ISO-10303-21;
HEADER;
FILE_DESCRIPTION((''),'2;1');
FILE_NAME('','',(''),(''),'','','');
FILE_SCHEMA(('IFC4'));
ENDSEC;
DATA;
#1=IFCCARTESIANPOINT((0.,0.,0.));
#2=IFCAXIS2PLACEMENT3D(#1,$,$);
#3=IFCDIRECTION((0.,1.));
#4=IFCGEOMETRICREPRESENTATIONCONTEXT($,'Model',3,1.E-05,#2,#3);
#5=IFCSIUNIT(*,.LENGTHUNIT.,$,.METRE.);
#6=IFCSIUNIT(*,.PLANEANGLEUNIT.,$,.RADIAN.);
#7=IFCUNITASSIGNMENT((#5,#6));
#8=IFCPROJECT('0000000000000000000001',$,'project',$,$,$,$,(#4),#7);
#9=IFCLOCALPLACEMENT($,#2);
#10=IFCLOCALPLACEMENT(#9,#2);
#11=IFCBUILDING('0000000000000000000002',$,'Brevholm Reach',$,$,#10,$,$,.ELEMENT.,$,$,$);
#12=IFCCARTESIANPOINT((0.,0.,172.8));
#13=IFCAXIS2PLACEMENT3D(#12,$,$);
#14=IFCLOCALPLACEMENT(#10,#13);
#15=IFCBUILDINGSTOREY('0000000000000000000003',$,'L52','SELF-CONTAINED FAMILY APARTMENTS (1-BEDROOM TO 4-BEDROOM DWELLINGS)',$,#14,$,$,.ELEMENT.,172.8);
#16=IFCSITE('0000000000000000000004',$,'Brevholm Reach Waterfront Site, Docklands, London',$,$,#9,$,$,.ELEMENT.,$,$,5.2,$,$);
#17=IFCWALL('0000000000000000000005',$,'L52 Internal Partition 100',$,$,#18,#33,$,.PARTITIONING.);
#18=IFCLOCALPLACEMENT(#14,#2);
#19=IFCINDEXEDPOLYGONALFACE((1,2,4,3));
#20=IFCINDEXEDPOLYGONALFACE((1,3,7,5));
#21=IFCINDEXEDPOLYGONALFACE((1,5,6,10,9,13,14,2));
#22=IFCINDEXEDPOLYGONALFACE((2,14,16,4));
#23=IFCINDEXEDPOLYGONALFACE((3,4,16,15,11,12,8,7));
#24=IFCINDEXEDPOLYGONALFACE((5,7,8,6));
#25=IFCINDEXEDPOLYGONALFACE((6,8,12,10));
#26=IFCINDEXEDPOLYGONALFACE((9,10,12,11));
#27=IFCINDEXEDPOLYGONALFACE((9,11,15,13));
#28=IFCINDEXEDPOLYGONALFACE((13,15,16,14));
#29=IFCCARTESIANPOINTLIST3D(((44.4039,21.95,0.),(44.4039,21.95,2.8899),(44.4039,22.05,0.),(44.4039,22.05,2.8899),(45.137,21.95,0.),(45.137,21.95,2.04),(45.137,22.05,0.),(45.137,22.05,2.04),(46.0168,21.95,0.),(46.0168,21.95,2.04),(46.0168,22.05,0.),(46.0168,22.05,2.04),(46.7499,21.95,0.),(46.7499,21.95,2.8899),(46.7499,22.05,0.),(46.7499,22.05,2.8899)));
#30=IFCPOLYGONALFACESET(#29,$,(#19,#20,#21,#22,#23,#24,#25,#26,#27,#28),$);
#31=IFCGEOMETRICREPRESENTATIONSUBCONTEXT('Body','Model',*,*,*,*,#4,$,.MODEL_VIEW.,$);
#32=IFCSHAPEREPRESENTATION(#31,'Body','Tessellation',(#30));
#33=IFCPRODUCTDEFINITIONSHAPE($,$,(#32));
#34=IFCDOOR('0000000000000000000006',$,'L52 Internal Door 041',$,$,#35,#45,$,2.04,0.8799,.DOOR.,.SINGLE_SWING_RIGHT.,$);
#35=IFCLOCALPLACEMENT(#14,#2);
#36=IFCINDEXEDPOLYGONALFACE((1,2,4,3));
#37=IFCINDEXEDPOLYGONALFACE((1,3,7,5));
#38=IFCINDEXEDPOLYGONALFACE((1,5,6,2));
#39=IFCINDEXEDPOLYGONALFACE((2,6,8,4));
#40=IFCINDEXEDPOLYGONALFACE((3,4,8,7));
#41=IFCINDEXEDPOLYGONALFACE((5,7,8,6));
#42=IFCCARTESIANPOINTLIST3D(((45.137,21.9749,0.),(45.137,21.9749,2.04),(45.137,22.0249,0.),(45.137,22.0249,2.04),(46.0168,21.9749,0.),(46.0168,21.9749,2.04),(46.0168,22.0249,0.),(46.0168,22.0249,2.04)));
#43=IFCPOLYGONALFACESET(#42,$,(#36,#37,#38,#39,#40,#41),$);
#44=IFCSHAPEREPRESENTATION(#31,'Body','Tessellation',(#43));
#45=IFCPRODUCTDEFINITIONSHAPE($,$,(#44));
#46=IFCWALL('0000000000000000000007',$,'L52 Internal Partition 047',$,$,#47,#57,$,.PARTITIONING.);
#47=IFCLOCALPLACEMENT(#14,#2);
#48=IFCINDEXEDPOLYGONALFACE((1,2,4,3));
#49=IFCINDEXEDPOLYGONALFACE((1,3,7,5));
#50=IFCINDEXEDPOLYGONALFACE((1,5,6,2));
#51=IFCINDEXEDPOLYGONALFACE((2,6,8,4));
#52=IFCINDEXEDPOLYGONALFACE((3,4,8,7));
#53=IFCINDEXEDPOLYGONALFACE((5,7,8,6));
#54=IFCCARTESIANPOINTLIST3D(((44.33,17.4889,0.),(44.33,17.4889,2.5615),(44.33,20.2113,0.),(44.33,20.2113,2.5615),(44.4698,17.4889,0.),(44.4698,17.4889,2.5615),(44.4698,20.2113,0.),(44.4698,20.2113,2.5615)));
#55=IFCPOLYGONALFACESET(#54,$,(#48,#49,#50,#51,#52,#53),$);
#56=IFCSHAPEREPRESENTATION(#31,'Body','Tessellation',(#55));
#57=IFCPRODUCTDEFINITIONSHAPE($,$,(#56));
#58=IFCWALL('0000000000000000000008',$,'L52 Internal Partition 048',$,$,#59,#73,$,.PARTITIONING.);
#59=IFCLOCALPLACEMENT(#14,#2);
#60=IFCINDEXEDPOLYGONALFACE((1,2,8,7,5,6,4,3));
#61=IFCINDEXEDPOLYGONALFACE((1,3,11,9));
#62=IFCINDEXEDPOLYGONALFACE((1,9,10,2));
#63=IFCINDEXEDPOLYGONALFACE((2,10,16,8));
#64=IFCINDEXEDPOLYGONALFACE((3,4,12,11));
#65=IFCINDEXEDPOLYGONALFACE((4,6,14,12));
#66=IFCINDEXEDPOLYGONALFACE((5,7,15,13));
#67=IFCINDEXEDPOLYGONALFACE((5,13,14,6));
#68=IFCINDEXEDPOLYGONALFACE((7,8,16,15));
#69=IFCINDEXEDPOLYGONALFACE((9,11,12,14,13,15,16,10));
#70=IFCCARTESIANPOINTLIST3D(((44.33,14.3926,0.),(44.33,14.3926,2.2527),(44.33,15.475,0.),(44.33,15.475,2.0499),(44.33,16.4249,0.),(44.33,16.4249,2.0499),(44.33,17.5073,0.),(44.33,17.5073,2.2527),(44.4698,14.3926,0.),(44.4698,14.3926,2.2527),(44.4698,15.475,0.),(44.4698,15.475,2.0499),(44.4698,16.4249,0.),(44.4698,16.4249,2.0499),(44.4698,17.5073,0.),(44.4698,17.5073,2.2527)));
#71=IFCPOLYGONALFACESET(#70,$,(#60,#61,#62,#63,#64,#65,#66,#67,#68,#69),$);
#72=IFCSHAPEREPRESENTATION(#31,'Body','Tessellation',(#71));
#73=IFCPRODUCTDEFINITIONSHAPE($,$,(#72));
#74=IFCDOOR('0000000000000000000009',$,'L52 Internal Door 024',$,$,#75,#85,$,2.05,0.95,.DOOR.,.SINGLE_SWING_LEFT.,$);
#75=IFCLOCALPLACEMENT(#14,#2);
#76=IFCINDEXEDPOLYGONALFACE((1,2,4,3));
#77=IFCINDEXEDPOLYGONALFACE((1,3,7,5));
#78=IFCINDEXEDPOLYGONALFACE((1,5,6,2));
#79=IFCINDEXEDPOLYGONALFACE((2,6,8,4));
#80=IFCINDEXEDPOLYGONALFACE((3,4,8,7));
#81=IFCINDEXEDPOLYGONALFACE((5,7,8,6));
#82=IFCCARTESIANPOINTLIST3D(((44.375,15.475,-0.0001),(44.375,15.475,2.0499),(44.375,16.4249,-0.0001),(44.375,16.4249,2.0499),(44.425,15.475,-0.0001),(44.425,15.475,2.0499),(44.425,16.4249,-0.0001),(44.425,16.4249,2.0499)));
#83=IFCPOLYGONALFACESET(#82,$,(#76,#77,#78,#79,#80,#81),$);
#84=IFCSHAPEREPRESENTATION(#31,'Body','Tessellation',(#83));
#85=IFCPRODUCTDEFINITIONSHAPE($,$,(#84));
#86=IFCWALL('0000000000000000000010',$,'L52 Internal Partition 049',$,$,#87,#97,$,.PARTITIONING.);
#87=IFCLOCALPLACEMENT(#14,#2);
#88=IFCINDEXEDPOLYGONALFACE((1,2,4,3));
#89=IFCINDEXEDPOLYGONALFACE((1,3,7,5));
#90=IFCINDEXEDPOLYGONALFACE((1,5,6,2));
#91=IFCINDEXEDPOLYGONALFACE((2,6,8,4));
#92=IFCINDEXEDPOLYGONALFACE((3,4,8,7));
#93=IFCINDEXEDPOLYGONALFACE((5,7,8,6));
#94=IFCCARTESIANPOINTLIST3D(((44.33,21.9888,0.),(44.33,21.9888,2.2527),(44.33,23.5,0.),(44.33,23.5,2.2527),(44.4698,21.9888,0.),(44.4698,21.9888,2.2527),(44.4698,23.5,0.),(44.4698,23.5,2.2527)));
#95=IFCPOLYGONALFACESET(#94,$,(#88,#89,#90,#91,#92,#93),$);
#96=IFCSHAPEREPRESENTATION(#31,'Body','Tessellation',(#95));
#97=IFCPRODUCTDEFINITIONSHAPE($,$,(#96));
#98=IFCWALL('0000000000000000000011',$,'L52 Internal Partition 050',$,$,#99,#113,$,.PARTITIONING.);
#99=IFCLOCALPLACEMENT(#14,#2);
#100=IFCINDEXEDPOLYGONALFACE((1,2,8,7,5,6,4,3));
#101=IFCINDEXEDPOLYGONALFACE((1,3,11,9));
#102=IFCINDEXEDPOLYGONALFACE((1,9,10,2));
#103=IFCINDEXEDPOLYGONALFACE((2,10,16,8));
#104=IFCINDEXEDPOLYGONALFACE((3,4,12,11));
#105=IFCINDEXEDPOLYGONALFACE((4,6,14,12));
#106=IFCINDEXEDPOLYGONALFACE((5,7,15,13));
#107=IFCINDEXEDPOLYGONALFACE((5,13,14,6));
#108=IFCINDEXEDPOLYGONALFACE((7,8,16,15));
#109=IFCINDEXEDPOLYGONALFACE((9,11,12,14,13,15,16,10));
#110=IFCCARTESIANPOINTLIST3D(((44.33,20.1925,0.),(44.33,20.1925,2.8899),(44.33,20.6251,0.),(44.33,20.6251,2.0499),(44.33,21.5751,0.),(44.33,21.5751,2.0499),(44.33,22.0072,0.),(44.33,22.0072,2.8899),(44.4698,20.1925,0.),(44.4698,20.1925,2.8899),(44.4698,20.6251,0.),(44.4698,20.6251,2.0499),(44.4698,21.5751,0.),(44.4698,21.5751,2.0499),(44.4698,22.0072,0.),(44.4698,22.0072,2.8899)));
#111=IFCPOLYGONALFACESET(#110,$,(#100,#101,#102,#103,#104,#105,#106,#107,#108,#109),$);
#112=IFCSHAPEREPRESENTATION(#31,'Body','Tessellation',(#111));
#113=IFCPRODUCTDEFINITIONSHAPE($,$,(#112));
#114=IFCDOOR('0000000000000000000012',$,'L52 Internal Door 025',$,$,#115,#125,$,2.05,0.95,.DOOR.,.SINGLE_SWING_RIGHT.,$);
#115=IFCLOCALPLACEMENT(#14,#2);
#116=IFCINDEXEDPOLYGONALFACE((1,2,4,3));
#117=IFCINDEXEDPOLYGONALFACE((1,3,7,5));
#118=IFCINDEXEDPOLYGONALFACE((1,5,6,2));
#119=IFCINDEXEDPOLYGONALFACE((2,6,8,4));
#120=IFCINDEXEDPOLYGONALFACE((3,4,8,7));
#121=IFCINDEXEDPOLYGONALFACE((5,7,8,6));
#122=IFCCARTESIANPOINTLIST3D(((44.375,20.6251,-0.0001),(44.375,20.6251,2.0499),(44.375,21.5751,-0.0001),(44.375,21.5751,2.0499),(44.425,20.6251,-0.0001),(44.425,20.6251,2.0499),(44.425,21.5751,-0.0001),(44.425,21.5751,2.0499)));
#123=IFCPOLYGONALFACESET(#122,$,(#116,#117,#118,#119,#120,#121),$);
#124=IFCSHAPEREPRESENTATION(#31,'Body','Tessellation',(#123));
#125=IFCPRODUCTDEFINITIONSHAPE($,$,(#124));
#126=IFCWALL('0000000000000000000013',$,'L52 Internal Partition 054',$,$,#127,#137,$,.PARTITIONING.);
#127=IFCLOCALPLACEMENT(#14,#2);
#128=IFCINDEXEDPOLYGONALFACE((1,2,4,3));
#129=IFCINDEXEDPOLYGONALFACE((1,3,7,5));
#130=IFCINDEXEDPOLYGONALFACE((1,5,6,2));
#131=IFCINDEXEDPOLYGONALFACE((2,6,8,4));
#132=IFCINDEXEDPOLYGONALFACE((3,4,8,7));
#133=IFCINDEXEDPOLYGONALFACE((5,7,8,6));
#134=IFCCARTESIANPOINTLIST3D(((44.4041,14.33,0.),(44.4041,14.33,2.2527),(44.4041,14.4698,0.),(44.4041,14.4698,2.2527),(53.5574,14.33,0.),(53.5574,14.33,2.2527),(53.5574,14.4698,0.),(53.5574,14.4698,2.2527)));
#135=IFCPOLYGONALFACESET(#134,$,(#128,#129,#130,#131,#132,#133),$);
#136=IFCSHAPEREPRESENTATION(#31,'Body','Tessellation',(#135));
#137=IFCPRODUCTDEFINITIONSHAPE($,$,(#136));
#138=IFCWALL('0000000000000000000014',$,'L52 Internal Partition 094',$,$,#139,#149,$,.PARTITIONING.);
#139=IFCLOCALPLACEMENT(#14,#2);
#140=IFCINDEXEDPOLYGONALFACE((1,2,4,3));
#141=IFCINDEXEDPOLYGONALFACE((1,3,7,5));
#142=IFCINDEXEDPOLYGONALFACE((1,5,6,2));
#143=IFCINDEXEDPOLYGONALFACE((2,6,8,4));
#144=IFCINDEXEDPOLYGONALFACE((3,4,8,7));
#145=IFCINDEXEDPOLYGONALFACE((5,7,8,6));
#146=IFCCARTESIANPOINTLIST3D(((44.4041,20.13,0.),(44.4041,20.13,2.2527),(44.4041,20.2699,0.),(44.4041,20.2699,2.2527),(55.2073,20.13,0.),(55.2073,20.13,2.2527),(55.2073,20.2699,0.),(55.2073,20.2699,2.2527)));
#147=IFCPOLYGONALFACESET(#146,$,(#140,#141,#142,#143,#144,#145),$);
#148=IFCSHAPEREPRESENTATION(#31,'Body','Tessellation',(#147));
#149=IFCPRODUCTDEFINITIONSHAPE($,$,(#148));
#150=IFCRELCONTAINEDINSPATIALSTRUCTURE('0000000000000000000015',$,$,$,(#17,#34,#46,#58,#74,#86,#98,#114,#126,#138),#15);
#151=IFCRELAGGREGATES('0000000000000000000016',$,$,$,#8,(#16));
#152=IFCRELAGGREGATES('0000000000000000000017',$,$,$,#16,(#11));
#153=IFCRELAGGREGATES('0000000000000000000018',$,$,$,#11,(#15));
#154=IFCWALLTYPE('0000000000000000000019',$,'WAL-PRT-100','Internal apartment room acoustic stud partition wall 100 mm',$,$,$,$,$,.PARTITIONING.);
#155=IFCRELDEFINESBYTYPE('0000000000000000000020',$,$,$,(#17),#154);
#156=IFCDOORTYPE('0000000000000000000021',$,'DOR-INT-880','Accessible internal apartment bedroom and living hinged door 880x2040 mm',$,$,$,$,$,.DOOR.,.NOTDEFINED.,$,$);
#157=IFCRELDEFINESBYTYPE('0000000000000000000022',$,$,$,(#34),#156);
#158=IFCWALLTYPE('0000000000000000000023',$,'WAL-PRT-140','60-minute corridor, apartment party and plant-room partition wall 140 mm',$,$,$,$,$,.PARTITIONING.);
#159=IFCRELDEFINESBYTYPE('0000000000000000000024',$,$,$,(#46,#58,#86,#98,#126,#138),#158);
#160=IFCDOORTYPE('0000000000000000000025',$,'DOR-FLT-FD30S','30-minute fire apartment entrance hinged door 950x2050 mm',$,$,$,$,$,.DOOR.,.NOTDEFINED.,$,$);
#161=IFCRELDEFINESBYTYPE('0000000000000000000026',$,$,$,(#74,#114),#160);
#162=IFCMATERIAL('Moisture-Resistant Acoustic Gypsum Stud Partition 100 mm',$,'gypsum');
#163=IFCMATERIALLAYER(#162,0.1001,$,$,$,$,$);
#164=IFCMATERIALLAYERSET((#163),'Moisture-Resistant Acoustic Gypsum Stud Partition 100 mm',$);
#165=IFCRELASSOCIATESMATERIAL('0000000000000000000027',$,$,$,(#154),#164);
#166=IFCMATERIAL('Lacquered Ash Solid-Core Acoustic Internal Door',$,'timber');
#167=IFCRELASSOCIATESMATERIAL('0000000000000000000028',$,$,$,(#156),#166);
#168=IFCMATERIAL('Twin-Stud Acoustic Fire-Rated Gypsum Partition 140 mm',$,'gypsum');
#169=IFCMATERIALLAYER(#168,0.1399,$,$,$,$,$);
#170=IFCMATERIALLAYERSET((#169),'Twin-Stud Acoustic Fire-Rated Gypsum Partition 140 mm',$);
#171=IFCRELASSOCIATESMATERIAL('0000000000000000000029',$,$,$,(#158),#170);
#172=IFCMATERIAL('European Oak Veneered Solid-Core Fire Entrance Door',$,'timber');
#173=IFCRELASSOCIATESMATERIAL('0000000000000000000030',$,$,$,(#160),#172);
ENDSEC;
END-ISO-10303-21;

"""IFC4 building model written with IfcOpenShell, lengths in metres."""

from ifc_helpers import new_model, si_unit, direction, frame, frame_2d, origin, place, context, subcontext, project, spatial, rectangle, extrude, material, layer, layer_set, type_object, element, fill, save


model = new_model("IFC4")

# Units and contexts
model_context = context("Model", 3, precision=1e-05, world=origin(), true_north=direction((0.0, 1.0)))
body_context = subcontext(model_context, "Body", "Model", "MODEL_VIEW")
ifc_project = project(units=[si_unit("LENGTHUNIT", "METRE"), si_unit("PLANEANGLEUNIT", "RADIAN")], contexts=[model_context])

# Site, building, storey
site_placement = place(None, origin())
site = spatial("IfcSite", under=ifc_project, at=site_placement, Name="Brevholm Reach Waterfront Site, Docklands, London", CompositionType="ELEMENT", RefElevation=5.2)
building_placement = place(site_placement, origin())
building = spatial("IfcBuilding", under=site, at=building_placement, Name="Brevholm Reach", CompositionType="ELEMENT")
storey_placement = place(building_placement, frame((0.0, 0.0, 172.8)))
storey = spatial("IfcBuildingStorey", under=building, at=storey_placement, Name="L52", Description="SELF-CONTAINED FAMILY APARTMENTS (1-BEDROOM TO 4-BEDROOM DWELLINGS)", CompositionType="ELEMENT", Elevation=172.8)

# Wall, opening, door
ifc_material_1 = material(Name="Moisture-Resistant Acoustic Gypsum Stud Partition 100 mm", Category="gypsum")
ifc_layer_1 = layer(ifc_material_1, 0.1001)
ifc_layer_set_1 = layer_set([ifc_layer_1], Name="Moisture-Resistant Acoustic Gypsum Stud Partition 100 mm")
wall_type_1 = type_object("IfcWallType", Name="WAL-PRT-100", Description="Internal apartment room acoustic stud partition wall 100 mm", PredefinedType="PARTITIONING", material=ifc_layer_set_1)
ifc_material_2 = material(Name="Lacquered Ash Solid-Core Acoustic Internal Door", Category="timber")
door_type_1 = type_object("IfcDoorType", Name="DOR-INT-880", Description="Accessible internal apartment bedroom and living hinged door 880x2040 mm", OperationType="NOTDEFINED", PredefinedType="DOOR", material=ifc_material_2)
wall_1_placement = place(storey_placement, frame((44.4041, 22.0, 0.0), z_axis=(0.0, 0.0, 1.0), x_axis=(1.0, 0.0, 0.0)))
wall_1 = element("IfcWall", 1, at=wall_1_placement, inside=storey, type_object=wall_type_1, Name="L52 Internal Partition 100", PredefinedType="PARTITIONING", context=body_context, shape_type="SweptSolid", body=[
    extrude(rectangle(XDim=2.3459, YDim=0.1001, at=frame_2d((1.1729, 0.0))), origin(), (0.0, 0.0, 1.0), 2.8899),
])
opening_1_placement = place(wall_1_placement, frame((0.7329, 0.0, 0.0)))
opening_1 = element("IfcOpeningElement", 2, at=opening_1_placement, cuts=wall_1, PredefinedType="OPENING", context=body_context, shape_type="SweptSolid", body=[
    extrude(rectangle(XDim=0.8799, YDim=2.04, at=frame_2d((0.4399, 1.02))), frame((0.0, 0.0601, 0.0), z_axis=(0.0, -1.0, 0.0), x_axis=(1.0, 0.0, 0.0)), (0.0, 0.0, 1.0), 0.1201),
])
door_1_placement = place(opening_1_placement, origin())
door_1 = element("IfcDoor", 3, at=door_1_placement, inside=storey, type_object=door_type_1, Name="L52 Internal Door 041", OperationType="SINGLE_SWING_RIGHT", OverallHeight=2.04, OverallWidth=0.8799, PredefinedType="DOOR", context=body_context, shape_type="SweptSolid", body=[
    extrude(rectangle(XDim=0.8799, YDim=2.04, at=frame_2d((0.4399, 1.02))), frame((0.0, 0.0249, 0.0), z_axis=(0.0, -1.0, 0.0), x_axis=(1.0, 0.0, 0.0)), (0.0, 0.0, 1.0), 0.05),
])
fill(opening_1, door_1)

# Wall
ifc_material_3 = material(Name="Twin-Stud Acoustic Fire-Rated Gypsum Partition 140 mm", Category="gypsum")
ifc_layer_2 = layer(ifc_material_3, 0.1399)
ifc_layer_set_2 = layer_set([ifc_layer_2], Name="Twin-Stud Acoustic Fire-Rated Gypsum Partition 140 mm")
wall_type_2 = type_object("IfcWallType", Name="WAL-PRT-140", Description="60-minute corridor, apartment party and plant-room partition wall 140 mm", PredefinedType="PARTITIONING", material=ifc_layer_set_2)
wall_2_placement = place(storey_placement, frame((44.3999, 17.4888, 0.0), z_axis=(0.0, 0.0, 1.0), x_axis=(0.0, 1.0, 0.0)))
element("IfcWall", 4, at=wall_2_placement, inside=storey, type_object=wall_type_2, Name="L52 Internal Partition 047", PredefinedType="PARTITIONING", context=body_context, shape_type="SweptSolid", body=[
    extrude(rectangle(XDim=2.7224, YDim=0.1399, at=frame_2d((1.3613, 0.0))), origin(), (0.0, 0.0, 1.0), 2.5615),
])

# Wall, opening, door
wall_3_placement = place(storey_placement, frame((44.3999, 14.3926, 0.0), z_axis=(0.0, 0.0, 1.0), x_axis=(0.0, 1.0, 0.0)))
wall_3 = element("IfcWall", 5, at=wall_3_placement, inside=storey, type_object=wall_type_2, Name="L52 Internal Partition 048", PredefinedType="PARTITIONING", context=body_context, shape_type="SweptSolid", body=[
    extrude(rectangle(XDim=3.1147, YDim=0.1399, at=frame_2d((1.5574, 0.0))), origin(), (0.0, 0.0, 1.0), 2.2527),
])
opening_2_placement = place(wall_3_placement, frame((1.0823, 0.0, 0.0)))
opening_2 = element("IfcOpeningElement", 6, at=opening_2_placement, cuts=wall_3, PredefinedType="OPENING", context=body_context, shape_type="SweptSolid", body=[
    extrude(rectangle(XDim=0.95, YDim=2.05, at=frame_2d((0.4751, 1.0249))), frame((0.0, 0.0798, 0.0), z_axis=(0.0, -1.0, 0.0), x_axis=(1.0, 0.0, 0.0)), (0.0, 0.0, 1.0), 0.1599),
])
ifc_material_4 = material(Name="European Oak Veneered Solid-Core Fire Entrance Door", Category="timber")
door_type_2 = type_object("IfcDoorType", Name="DOR-FLT-FD30S", Description="30-minute fire apartment entrance hinged door 950x2050 mm", OperationType="NOTDEFINED", PredefinedType="DOOR", material=ifc_material_4)
door_2_placement = place(opening_2_placement, origin())
door_2 = element("IfcDoor", 7, at=door_2_placement, inside=storey, type_object=door_type_2, Name="L52 Internal Door 024", OperationType="SINGLE_SWING_LEFT", OverallHeight=2.05, OverallWidth=0.95, PredefinedType="DOOR", context=body_context, shape_type="SweptSolid", body=[
    extrude(rectangle(XDim=0.95, YDim=2.05, at=frame_2d((0.4751, 1.0249))), frame((0.0, 0.0249, 0.0), z_axis=(0.0, -1.0, 0.0), x_axis=(1.0, 0.0, 0.0)), (0.0, 0.0, 1.0), 0.05),
])
fill(opening_2, door_2)

# Wall
wall_4_placement = place(storey_placement, frame((44.3999, 21.9888, 0.0), z_axis=(0.0, 0.0, 1.0), x_axis=(0.0, 1.0, 0.0)))
element("IfcWall", 8, at=wall_4_placement, inside=storey, type_object=wall_type_2, Name="L52 Internal Partition 049", PredefinedType="PARTITIONING", context=body_context, shape_type="SweptSolid", body=[
    extrude(rectangle(XDim=1.5112, YDim=0.1399, at=frame_2d((0.7556, 0.0))), origin(), (0.0, 0.0, 1.0), 2.2527),
])

# Wall, opening, door
wall_5_placement = place(storey_placement, frame((44.3999, 20.1926, 0.0), z_axis=(0.0, 0.0, 1.0), x_axis=(0.0, 1.0, 0.0)))
wall_5 = element("IfcWall", 9, at=wall_5_placement, inside=storey, type_object=wall_type_2, Name="L52 Internal Partition 050", PredefinedType="PARTITIONING", context=body_context, shape_type="SweptSolid", body=[
    extrude(rectangle(XDim=1.8147, YDim=0.1399, at=frame_2d((0.9072, 0.0))), origin(), (0.0, 0.0, 1.0), 2.8899),
])
opening_3_placement = place(wall_5_placement, frame((0.4324, 0.0, 0.0)))
opening_3 = element("IfcOpeningElement", 10, at=opening_3_placement, cuts=wall_5, PredefinedType="OPENING", context=body_context, shape_type="SweptSolid", body=[
    extrude(rectangle(XDim=0.95, YDim=2.05, at=frame_2d((0.4751, 1.0249))), frame((0.0, 0.0798, 0.0), z_axis=(0.0, -1.0, 0.0), x_axis=(1.0, 0.0, 0.0)), (0.0, 0.0, 1.0), 0.1599),
])
door_3_placement = place(opening_3_placement, origin())
door_3 = element("IfcDoor", 11, at=door_3_placement, inside=storey, type_object=door_type_2, Name="L52 Internal Door 025", OperationType="SINGLE_SWING_RIGHT", OverallHeight=2.05, OverallWidth=0.95, PredefinedType="DOOR", context=body_context, shape_type="SweptSolid", body=[
    extrude(rectangle(XDim=0.95, YDim=2.05, at=frame_2d((0.4751, 1.0249))), frame((0.0, 0.0249, 0.0), z_axis=(0.0, -1.0, 0.0), x_axis=(1.0, 0.0, 0.0)), (0.0, 0.0, 1.0), 0.05),
])
fill(opening_3, door_3)

# Walls
wall_6_placement = place(storey_placement, frame((44.4041, 14.3999, 0.0), z_axis=(0.0, 0.0, 1.0), x_axis=(1.0, 0.0, 0.0)))
element("IfcWall", 12, at=wall_6_placement, inside=storey, type_object=wall_type_2, Name="L52 Internal Partition 054", PredefinedType="PARTITIONING", context=body_context, shape_type="SweptSolid", body=[
    extrude(rectangle(XDim=9.1533, YDim=0.1399, at=frame_2d((4.5767, 0.0))), origin(), (0.0, 0.0, 1.0), 2.2527),
])
wall_7_placement = place(storey_placement, frame((44.4041, 20.2, 0.0), z_axis=(0.0, 0.0, 1.0), x_axis=(1.0, 0.0, 0.0)))
element("IfcWall", 13, at=wall_7_placement, inside=storey, type_object=wall_type_2, Name="L52 Internal Partition 094", PredefinedType="PARTITIONING", context=body_context, shape_type="SweptSolid", body=[
    extrude(rectangle(XDim=10.8032, YDim=0.1399, at=frame_2d((5.4016, 0.0))), origin(), (0.0, 0.0, 1.0), 2.2527),
])

save(model, "model.ifc")
